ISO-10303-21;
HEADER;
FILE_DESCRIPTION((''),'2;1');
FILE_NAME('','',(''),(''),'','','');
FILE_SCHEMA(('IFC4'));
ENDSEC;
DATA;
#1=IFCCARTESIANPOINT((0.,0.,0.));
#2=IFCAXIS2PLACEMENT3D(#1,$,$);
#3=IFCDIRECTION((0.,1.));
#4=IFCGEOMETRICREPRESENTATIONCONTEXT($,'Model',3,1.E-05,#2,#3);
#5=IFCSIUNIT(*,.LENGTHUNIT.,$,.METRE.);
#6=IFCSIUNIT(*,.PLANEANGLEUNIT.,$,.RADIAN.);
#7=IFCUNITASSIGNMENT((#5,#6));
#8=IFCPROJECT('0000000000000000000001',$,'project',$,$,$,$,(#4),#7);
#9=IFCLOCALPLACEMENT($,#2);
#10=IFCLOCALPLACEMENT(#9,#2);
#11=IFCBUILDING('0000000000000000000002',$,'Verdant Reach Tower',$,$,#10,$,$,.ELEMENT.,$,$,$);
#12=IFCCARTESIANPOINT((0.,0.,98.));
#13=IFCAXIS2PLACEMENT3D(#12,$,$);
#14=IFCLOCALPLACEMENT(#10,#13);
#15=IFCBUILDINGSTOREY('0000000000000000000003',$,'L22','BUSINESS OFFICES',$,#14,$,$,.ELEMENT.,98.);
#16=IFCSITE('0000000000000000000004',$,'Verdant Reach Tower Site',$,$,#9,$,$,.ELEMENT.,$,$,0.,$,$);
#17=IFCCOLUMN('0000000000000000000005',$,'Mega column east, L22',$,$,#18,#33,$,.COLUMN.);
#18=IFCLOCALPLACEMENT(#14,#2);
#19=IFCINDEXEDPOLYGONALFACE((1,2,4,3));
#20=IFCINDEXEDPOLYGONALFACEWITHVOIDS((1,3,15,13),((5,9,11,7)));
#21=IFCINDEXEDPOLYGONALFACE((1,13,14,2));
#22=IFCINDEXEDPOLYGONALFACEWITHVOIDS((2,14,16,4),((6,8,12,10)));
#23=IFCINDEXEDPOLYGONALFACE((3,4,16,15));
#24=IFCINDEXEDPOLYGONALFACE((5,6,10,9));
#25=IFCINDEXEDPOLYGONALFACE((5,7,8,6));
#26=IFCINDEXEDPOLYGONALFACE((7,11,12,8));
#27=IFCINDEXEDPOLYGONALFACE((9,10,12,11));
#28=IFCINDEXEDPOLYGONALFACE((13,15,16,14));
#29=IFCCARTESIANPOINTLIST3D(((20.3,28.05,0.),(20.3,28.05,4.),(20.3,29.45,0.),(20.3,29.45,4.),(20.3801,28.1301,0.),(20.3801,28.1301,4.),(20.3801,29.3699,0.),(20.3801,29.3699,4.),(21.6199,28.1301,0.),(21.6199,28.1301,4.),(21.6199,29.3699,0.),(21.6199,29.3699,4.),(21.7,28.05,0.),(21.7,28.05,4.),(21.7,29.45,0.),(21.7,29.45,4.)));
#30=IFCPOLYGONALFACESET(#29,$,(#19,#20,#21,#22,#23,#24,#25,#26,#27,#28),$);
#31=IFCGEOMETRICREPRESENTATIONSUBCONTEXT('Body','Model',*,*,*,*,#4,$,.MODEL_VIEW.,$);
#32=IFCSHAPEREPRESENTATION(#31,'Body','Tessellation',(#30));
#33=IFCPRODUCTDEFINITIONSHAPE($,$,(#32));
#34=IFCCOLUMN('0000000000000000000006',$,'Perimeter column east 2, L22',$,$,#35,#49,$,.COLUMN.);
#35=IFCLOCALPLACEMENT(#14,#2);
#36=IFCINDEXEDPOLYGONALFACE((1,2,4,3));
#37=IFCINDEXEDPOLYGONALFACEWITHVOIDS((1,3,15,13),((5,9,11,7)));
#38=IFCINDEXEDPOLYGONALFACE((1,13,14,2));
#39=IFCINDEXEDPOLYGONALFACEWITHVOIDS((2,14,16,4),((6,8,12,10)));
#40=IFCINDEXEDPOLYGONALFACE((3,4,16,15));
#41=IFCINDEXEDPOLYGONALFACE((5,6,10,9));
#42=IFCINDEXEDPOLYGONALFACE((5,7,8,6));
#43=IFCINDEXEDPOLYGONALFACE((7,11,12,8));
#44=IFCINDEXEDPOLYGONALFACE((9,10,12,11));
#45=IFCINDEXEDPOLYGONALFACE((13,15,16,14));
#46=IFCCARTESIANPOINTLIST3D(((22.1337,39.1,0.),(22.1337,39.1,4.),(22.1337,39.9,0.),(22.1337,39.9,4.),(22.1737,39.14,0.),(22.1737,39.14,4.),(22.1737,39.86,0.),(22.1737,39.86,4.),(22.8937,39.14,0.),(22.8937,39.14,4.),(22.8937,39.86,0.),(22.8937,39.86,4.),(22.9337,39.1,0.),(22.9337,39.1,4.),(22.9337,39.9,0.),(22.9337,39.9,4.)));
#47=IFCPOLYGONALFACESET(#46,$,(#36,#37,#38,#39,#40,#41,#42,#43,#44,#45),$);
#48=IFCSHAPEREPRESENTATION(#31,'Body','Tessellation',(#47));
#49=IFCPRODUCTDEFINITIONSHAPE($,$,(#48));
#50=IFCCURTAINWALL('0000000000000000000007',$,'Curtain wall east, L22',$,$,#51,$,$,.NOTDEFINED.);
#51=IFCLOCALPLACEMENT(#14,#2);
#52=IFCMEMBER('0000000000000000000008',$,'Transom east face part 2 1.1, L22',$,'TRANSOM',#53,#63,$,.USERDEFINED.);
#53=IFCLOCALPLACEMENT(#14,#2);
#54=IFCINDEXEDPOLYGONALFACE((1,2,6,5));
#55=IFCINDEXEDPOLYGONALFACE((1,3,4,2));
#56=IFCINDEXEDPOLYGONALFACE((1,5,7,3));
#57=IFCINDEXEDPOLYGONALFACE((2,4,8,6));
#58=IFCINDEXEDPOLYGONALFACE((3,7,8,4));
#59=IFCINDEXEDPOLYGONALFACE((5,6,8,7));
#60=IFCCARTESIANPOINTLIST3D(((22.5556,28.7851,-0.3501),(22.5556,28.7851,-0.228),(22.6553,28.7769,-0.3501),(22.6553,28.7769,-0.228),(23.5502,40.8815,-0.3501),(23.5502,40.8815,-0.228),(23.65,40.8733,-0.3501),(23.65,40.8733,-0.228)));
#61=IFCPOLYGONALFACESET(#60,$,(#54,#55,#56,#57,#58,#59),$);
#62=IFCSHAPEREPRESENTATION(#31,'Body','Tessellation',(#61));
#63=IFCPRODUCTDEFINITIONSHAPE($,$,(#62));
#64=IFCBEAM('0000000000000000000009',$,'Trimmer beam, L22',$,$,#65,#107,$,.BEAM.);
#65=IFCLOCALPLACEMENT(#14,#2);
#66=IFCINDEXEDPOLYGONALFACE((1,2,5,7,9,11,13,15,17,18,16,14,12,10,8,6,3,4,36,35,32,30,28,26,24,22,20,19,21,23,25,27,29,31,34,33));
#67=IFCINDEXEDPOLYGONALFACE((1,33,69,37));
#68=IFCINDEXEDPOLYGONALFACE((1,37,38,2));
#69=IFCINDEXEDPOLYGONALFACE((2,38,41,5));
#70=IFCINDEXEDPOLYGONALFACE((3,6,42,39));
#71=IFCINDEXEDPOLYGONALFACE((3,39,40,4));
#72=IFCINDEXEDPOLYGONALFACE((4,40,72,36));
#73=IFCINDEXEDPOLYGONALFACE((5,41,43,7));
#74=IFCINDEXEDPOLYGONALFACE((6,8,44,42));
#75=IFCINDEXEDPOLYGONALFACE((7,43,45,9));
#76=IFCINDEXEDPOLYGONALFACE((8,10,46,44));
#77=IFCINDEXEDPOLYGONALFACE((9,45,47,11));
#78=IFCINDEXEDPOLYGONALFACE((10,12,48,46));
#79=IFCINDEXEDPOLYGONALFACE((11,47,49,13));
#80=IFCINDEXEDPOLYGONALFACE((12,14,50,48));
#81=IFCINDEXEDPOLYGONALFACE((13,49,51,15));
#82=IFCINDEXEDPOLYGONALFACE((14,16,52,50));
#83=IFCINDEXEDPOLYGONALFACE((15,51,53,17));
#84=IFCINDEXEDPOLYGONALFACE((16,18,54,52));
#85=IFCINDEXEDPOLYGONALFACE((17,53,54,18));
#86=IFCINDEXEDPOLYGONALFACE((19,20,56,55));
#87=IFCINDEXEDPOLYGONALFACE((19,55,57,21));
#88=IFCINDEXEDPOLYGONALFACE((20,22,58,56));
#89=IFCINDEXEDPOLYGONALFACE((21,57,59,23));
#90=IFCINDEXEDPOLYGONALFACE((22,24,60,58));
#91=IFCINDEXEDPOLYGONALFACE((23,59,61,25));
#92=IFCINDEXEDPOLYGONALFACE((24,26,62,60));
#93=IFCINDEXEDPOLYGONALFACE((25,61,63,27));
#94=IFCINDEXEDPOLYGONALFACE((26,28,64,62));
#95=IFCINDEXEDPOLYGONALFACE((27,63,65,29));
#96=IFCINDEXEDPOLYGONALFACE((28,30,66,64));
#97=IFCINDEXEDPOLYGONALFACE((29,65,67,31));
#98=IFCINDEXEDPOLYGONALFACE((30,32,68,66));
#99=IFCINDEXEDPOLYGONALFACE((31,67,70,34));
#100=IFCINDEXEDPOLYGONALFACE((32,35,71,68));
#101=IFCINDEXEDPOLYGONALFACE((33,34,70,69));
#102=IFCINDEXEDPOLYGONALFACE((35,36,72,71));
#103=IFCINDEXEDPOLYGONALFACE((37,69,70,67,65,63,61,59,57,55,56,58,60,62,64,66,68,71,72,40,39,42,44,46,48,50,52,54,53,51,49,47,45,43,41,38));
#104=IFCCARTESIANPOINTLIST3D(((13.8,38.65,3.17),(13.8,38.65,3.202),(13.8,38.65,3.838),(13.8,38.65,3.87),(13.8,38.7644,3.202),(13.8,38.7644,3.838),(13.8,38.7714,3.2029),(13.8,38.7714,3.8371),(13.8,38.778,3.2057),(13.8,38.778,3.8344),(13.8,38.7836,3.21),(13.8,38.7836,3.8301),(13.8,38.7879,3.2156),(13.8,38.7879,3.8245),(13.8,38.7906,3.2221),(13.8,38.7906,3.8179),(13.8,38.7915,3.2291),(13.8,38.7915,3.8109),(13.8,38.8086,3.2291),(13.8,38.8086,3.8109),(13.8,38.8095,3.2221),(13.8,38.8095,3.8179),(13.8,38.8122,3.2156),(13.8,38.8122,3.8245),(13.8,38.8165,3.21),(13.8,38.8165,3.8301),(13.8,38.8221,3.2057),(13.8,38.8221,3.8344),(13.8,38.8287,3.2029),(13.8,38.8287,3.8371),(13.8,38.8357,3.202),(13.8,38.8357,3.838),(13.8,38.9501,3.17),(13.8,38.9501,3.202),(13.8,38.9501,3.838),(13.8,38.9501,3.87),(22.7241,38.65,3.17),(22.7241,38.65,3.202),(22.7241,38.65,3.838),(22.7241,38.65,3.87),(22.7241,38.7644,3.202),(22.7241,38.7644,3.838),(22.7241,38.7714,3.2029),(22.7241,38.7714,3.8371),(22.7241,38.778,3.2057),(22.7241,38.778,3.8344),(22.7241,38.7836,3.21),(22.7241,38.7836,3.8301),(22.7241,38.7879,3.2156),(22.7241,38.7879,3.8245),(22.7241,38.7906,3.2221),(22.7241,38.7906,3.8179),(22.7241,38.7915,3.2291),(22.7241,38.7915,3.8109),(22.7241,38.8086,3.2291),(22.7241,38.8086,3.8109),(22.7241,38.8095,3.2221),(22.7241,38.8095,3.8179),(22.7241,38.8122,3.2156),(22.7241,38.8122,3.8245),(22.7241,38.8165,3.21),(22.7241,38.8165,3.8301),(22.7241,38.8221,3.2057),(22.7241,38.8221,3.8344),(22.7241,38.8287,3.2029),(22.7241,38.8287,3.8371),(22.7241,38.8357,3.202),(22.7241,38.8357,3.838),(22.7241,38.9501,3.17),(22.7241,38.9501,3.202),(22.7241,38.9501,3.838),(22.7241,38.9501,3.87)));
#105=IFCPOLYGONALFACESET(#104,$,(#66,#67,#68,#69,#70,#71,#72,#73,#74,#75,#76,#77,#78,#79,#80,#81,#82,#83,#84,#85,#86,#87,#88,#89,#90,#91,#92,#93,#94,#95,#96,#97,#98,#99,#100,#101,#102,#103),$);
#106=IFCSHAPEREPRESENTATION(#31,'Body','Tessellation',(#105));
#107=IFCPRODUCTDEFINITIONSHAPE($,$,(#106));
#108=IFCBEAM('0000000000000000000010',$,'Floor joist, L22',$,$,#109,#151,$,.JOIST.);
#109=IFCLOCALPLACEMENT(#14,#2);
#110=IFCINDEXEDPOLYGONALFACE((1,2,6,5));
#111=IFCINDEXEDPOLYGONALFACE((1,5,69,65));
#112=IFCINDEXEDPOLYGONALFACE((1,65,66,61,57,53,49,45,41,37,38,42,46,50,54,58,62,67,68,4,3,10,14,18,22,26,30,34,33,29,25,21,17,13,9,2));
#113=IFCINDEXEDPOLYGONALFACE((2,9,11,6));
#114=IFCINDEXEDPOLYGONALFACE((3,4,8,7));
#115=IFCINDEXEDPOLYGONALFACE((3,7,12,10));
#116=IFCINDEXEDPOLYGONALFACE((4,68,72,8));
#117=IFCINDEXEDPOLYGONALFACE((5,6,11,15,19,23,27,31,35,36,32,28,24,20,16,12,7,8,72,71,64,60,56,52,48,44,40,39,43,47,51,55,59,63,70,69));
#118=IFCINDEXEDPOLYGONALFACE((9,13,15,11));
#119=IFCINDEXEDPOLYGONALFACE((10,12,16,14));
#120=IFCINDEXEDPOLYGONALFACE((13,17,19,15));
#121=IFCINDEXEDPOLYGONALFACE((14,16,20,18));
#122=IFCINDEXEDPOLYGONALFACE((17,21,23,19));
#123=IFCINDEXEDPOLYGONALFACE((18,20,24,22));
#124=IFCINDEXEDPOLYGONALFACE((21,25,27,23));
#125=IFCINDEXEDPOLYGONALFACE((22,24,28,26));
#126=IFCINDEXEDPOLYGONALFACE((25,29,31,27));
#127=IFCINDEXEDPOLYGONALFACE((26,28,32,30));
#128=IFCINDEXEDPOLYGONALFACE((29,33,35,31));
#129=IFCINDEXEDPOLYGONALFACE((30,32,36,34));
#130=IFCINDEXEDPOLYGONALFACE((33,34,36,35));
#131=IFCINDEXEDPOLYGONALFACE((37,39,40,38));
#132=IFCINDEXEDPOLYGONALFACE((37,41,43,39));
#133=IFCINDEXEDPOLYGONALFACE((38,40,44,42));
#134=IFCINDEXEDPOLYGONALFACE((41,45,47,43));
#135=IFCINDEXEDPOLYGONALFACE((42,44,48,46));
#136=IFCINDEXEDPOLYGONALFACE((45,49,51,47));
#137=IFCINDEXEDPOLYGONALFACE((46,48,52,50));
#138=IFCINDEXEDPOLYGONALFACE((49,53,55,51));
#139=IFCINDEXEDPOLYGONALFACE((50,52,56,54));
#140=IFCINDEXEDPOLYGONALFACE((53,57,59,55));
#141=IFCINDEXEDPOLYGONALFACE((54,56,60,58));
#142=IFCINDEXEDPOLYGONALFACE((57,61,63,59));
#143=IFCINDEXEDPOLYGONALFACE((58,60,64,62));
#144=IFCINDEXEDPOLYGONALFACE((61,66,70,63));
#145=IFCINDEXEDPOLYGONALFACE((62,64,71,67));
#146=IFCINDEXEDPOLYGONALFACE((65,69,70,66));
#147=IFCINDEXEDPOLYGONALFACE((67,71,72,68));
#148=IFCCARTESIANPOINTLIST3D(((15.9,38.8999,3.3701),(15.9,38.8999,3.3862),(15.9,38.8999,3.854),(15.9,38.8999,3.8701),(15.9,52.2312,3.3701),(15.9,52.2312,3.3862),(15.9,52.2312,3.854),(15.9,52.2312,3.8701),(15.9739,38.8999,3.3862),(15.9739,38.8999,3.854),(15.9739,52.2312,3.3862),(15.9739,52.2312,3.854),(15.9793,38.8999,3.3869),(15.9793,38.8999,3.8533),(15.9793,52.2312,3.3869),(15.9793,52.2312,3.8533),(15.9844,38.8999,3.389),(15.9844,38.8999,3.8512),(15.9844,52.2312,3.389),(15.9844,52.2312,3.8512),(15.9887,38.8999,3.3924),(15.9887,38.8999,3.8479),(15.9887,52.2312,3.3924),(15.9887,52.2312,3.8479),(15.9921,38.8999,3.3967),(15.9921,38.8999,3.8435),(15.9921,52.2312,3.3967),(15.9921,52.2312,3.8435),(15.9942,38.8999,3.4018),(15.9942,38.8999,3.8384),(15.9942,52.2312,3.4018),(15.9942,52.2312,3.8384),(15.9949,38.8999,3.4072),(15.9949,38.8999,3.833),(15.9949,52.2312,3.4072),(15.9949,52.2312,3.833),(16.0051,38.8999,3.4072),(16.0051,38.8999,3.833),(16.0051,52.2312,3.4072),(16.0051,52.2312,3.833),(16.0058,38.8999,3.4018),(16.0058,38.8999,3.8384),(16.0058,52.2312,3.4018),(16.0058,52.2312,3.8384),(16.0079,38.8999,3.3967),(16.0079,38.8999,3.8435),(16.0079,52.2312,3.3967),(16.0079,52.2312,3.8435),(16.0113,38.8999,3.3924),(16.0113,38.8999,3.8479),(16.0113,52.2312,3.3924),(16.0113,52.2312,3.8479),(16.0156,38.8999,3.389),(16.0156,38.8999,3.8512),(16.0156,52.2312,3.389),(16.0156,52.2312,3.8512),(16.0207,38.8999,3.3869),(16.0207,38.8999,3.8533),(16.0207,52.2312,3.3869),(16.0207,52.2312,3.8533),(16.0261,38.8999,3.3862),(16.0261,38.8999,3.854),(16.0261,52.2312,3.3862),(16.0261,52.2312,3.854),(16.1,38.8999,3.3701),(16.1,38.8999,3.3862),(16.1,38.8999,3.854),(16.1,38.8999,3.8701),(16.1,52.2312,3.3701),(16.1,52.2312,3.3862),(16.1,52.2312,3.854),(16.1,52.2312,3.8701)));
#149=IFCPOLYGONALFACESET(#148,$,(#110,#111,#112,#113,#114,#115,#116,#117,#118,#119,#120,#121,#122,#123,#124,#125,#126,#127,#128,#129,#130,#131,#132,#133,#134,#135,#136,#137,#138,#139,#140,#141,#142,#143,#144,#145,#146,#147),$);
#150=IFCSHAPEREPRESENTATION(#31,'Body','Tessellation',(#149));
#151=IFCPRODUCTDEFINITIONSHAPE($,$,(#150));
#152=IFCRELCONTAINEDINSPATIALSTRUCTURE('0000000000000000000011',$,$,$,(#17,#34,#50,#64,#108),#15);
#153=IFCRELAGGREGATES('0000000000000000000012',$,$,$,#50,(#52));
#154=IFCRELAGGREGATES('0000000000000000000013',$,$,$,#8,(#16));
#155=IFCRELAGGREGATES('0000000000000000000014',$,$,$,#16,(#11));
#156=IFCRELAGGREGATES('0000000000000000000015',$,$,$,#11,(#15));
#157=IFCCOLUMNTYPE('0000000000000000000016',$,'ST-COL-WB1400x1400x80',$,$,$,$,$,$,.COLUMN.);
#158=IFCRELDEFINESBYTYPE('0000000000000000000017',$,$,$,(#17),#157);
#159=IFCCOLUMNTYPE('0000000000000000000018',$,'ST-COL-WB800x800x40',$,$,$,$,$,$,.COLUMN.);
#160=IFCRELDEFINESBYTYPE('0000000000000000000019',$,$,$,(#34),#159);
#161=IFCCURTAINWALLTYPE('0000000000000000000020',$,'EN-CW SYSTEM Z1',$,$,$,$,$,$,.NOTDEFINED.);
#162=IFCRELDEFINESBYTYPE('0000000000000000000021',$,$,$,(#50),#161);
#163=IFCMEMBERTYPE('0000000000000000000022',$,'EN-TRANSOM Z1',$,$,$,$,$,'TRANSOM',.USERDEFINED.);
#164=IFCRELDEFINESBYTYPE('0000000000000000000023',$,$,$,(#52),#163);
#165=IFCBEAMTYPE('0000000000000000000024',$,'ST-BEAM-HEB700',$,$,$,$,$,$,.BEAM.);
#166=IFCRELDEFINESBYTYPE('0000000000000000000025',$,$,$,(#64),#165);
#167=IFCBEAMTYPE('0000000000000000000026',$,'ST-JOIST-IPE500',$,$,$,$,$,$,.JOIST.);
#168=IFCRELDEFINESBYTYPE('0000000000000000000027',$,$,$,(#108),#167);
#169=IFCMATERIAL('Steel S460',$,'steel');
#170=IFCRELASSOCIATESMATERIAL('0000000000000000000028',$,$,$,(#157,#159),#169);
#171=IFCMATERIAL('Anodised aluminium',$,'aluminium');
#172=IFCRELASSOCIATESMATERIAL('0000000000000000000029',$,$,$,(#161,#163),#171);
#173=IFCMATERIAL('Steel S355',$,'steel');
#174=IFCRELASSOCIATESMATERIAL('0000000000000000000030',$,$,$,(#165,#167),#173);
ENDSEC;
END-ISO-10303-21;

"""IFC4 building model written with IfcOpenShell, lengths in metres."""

from ifc_helpers import new_model, si_unit, direction, frame, origin, origin_2d, place, context, subcontext, project, spatial, rectangle, hollow_rectangle, i_section, extrude, material, material_profile, profile_set, type_object, element, aggregate, save


model = new_model("IFC4")

# Units and contexts
model_context = context("Model", 3, precision=1e-05, world=origin(), true_north=direction((0.0, 1.0)))
body_context = subcontext(model_context, "Body", "Model", "MODEL_VIEW")
ifc_project = project(units=[si_unit("LENGTHUNIT", "METRE"), si_unit("PLANEANGLEUNIT", "RADIAN")], contexts=[model_context])

# Site, building, storey
site_placement = place(None, origin())
site = spatial("IfcSite", under=ifc_project, at=site_placement, Name="Verdant Reach Tower Site", CompositionType="ELEMENT", RefElevation=0.0)
building_placement = place(site_placement, origin())
building = spatial("IfcBuilding", under=site, at=building_placement, Name="Verdant Reach Tower", CompositionType="ELEMENT")
storey_placement = place(building_placement, frame((0.0, 0.0, 98.0)))
storey = spatial("IfcBuildingStorey", under=building, at=storey_placement, Name="L22", Description="BUSINESS OFFICES", CompositionType="ELEMENT", Elevation=98.0)

# Columns
ifc_material_1 = material(Name="Steel S460", Category="steel")
ifc_material_profile_1 = material_profile(ifc_material_1, hollow_rectangle(XDim=1.3999, YDim=1.3999, WallThickness=0.0801, at=origin_2d()), Name="WB 1400x1400x80")
ifc_profile_set_1 = profile_set([ifc_material_profile_1], Name="Steel S460")
column_type_1 = type_object("IfcColumnType", Name="ST-COL-WB1400x1400x80", PredefinedType="COLUMN", material=ifc_profile_set_1)
column_1_placement = place(storey_placement, frame((21.0, 28.75, 0.0), z_axis=(0.0, 0.0, 1.0), x_axis=(1.0, 0.0, 0.0)))
element("IfcColumn", 1, at=column_1_placement, inside=storey, type_object=column_type_1, Name="Mega column east, L22", PredefinedType="COLUMN", context=body_context, shape_type="SweptSolid", body=[
    extrude(hollow_rectangle(XDim=1.3999, YDim=1.3999, WallThickness=0.0801, at=origin_2d()), origin(), (0.0, 0.0, 1.0), 4.0),
])
ifc_material_profile_2 = material_profile(ifc_material_1, hollow_rectangle(XDim=0.8, YDim=0.8, WallThickness=0.04, at=origin_2d()), Name="WB 800x800x40")
ifc_profile_set_2 = profile_set([ifc_material_profile_2], Name="Steel S460")
column_type_2 = type_object("IfcColumnType", Name="ST-COL-WB800x800x40", PredefinedType="COLUMN", material=ifc_profile_set_2)
column_2_placement = place(storey_placement, frame((22.5337, 39.5, 0.0), z_axis=(0.0, 0.0, 1.0), x_axis=(1.0, 0.0, 0.0)))
element("IfcColumn", 2, at=column_2_placement, inside=storey, type_object=column_type_2, Name="Perimeter column east 2, L22", PredefinedType="COLUMN", context=body_context, shape_type="SweptSolid", body=[
    extrude(hollow_rectangle(XDim=0.8, YDim=0.8, WallThickness=0.04, at=origin_2d()), origin(), (0.0, 0.0, 1.0), 4.0),
])

# Curtain wall, member
ifc_material_2 = material(Name="Anodised aluminium", Category="aluminium")
curtain_wall_type = type_object("IfcCurtainWallType", Name="EN-CW SYSTEM Z1", PredefinedType="NOTDEFINED", material=ifc_material_2)
curtain_wall_placement = place(storey_placement, origin())
curtain_wall = element("IfcCurtainWall", 3, at=curtain_wall_placement, inside=storey, type_object=curtain_wall_type, Name="Curtain wall east, L22", PredefinedType="NOTDEFINED")
ifc_material_profile_3 = material_profile(ifc_material_2, rectangle(XDim=0.1001, YDim=0.1221, at=origin_2d()), Name="Transom 122x100")
ifc_profile_set_3 = profile_set([ifc_material_profile_3], Name="Anodised aluminium")
member_type = type_object("IfcMemberType", Name="EN-TRANSOM Z1", ElementType="TRANSOM", PredefinedType="USERDEFINED", material=ifc_profile_set_3)
member_placement = place(storey_placement, frame((22.6055, 28.781, -0.2891), z_axis=(0.081948, 0.996637, 0.0), x_axis=(-0.996637, 0.081948, 0.0)))
member = element("IfcMember", 4, at=member_placement, type_object=member_type, Name="Transom east face part 2 1.1, L22", ObjectType="TRANSOM", PredefinedType="USERDEFINED", context=body_context, shape_type="SweptSolid", body=[
    extrude(rectangle(XDim=0.1001, YDim=0.1221, at=origin_2d()), origin(), (0.0, 0.0, 1.0), 12.1372),
])

# Beams
ifc_material_3 = material(Name="Steel S355", Category="steel")
ifc_material_profile_4 = material_profile(ifc_material_3, i_section(OverallWidth=0.3, OverallDepth=0.7, WebThickness=0.0171, FlangeThickness=0.032, FilletRadius=0.0271, at=origin_2d()), Name="HEB 700")
ifc_profile_set_4 = profile_set([ifc_material_profile_4], Name="Steel S355")
beam_type_1 = type_object("IfcBeamType", Name="ST-BEAM-HEB700", PredefinedType="BEAM", material=ifc_profile_set_4)
beam_1_placement = place(storey_placement, frame((13.8, 38.8, 3.52), z_axis=(1.0, 0.0, 0.0), x_axis=(0.0, 1.0, 0.0)))
element("IfcBeam", 5, at=beam_1_placement, inside=storey, type_object=beam_type_1, Name="Trimmer beam, L22", PredefinedType="BEAM", context=body_context, shape_type="SweptSolid", body=[
    extrude(i_section(OverallWidth=0.3, OverallDepth=0.7, WebThickness=0.0171, FlangeThickness=0.032, FilletRadius=0.0271, at=origin_2d()), origin(), (0.0, 0.0, 1.0), 8.9241),
])
ifc_material_profile_5 = material_profile(ifc_material_3, i_section(OverallWidth=0.2, OverallDepth=0.5, WebThickness=0.0103, FlangeThickness=0.0161, FilletRadius=0.021, at=origin_2d()), Name="IPE 500")
ifc_profile_set_5 = profile_set([ifc_material_profile_5], Name="Steel S355")
beam_type_2 = type_object("IfcBeamType", Name="ST-JOIST-IPE500", PredefinedType="JOIST", material=ifc_profile_set_5)
beam_2_placement = place(storey_placement, frame((16.0, 38.8999, 3.6201), z_axis=(0.0, 1.0, 0.0), x_axis=(-1.0, 0.0, 0.0)))
element("IfcBeam", 6, at=beam_2_placement, inside=storey, type_object=beam_type_2, Name="Floor joist, L22", PredefinedType="JOIST", context=body_context, shape_type="SweptSolid", body=[
    extrude(i_section(OverallWidth=0.2, OverallDepth=0.5, WebThickness=0.0103, FlangeThickness=0.0161, FilletRadius=0.021, at=origin_2d()), origin(), (0.0, 0.0, 1.0), 13.3313),
])

aggregate(curtain_wall, [member])

save(model, "model.ifc")
